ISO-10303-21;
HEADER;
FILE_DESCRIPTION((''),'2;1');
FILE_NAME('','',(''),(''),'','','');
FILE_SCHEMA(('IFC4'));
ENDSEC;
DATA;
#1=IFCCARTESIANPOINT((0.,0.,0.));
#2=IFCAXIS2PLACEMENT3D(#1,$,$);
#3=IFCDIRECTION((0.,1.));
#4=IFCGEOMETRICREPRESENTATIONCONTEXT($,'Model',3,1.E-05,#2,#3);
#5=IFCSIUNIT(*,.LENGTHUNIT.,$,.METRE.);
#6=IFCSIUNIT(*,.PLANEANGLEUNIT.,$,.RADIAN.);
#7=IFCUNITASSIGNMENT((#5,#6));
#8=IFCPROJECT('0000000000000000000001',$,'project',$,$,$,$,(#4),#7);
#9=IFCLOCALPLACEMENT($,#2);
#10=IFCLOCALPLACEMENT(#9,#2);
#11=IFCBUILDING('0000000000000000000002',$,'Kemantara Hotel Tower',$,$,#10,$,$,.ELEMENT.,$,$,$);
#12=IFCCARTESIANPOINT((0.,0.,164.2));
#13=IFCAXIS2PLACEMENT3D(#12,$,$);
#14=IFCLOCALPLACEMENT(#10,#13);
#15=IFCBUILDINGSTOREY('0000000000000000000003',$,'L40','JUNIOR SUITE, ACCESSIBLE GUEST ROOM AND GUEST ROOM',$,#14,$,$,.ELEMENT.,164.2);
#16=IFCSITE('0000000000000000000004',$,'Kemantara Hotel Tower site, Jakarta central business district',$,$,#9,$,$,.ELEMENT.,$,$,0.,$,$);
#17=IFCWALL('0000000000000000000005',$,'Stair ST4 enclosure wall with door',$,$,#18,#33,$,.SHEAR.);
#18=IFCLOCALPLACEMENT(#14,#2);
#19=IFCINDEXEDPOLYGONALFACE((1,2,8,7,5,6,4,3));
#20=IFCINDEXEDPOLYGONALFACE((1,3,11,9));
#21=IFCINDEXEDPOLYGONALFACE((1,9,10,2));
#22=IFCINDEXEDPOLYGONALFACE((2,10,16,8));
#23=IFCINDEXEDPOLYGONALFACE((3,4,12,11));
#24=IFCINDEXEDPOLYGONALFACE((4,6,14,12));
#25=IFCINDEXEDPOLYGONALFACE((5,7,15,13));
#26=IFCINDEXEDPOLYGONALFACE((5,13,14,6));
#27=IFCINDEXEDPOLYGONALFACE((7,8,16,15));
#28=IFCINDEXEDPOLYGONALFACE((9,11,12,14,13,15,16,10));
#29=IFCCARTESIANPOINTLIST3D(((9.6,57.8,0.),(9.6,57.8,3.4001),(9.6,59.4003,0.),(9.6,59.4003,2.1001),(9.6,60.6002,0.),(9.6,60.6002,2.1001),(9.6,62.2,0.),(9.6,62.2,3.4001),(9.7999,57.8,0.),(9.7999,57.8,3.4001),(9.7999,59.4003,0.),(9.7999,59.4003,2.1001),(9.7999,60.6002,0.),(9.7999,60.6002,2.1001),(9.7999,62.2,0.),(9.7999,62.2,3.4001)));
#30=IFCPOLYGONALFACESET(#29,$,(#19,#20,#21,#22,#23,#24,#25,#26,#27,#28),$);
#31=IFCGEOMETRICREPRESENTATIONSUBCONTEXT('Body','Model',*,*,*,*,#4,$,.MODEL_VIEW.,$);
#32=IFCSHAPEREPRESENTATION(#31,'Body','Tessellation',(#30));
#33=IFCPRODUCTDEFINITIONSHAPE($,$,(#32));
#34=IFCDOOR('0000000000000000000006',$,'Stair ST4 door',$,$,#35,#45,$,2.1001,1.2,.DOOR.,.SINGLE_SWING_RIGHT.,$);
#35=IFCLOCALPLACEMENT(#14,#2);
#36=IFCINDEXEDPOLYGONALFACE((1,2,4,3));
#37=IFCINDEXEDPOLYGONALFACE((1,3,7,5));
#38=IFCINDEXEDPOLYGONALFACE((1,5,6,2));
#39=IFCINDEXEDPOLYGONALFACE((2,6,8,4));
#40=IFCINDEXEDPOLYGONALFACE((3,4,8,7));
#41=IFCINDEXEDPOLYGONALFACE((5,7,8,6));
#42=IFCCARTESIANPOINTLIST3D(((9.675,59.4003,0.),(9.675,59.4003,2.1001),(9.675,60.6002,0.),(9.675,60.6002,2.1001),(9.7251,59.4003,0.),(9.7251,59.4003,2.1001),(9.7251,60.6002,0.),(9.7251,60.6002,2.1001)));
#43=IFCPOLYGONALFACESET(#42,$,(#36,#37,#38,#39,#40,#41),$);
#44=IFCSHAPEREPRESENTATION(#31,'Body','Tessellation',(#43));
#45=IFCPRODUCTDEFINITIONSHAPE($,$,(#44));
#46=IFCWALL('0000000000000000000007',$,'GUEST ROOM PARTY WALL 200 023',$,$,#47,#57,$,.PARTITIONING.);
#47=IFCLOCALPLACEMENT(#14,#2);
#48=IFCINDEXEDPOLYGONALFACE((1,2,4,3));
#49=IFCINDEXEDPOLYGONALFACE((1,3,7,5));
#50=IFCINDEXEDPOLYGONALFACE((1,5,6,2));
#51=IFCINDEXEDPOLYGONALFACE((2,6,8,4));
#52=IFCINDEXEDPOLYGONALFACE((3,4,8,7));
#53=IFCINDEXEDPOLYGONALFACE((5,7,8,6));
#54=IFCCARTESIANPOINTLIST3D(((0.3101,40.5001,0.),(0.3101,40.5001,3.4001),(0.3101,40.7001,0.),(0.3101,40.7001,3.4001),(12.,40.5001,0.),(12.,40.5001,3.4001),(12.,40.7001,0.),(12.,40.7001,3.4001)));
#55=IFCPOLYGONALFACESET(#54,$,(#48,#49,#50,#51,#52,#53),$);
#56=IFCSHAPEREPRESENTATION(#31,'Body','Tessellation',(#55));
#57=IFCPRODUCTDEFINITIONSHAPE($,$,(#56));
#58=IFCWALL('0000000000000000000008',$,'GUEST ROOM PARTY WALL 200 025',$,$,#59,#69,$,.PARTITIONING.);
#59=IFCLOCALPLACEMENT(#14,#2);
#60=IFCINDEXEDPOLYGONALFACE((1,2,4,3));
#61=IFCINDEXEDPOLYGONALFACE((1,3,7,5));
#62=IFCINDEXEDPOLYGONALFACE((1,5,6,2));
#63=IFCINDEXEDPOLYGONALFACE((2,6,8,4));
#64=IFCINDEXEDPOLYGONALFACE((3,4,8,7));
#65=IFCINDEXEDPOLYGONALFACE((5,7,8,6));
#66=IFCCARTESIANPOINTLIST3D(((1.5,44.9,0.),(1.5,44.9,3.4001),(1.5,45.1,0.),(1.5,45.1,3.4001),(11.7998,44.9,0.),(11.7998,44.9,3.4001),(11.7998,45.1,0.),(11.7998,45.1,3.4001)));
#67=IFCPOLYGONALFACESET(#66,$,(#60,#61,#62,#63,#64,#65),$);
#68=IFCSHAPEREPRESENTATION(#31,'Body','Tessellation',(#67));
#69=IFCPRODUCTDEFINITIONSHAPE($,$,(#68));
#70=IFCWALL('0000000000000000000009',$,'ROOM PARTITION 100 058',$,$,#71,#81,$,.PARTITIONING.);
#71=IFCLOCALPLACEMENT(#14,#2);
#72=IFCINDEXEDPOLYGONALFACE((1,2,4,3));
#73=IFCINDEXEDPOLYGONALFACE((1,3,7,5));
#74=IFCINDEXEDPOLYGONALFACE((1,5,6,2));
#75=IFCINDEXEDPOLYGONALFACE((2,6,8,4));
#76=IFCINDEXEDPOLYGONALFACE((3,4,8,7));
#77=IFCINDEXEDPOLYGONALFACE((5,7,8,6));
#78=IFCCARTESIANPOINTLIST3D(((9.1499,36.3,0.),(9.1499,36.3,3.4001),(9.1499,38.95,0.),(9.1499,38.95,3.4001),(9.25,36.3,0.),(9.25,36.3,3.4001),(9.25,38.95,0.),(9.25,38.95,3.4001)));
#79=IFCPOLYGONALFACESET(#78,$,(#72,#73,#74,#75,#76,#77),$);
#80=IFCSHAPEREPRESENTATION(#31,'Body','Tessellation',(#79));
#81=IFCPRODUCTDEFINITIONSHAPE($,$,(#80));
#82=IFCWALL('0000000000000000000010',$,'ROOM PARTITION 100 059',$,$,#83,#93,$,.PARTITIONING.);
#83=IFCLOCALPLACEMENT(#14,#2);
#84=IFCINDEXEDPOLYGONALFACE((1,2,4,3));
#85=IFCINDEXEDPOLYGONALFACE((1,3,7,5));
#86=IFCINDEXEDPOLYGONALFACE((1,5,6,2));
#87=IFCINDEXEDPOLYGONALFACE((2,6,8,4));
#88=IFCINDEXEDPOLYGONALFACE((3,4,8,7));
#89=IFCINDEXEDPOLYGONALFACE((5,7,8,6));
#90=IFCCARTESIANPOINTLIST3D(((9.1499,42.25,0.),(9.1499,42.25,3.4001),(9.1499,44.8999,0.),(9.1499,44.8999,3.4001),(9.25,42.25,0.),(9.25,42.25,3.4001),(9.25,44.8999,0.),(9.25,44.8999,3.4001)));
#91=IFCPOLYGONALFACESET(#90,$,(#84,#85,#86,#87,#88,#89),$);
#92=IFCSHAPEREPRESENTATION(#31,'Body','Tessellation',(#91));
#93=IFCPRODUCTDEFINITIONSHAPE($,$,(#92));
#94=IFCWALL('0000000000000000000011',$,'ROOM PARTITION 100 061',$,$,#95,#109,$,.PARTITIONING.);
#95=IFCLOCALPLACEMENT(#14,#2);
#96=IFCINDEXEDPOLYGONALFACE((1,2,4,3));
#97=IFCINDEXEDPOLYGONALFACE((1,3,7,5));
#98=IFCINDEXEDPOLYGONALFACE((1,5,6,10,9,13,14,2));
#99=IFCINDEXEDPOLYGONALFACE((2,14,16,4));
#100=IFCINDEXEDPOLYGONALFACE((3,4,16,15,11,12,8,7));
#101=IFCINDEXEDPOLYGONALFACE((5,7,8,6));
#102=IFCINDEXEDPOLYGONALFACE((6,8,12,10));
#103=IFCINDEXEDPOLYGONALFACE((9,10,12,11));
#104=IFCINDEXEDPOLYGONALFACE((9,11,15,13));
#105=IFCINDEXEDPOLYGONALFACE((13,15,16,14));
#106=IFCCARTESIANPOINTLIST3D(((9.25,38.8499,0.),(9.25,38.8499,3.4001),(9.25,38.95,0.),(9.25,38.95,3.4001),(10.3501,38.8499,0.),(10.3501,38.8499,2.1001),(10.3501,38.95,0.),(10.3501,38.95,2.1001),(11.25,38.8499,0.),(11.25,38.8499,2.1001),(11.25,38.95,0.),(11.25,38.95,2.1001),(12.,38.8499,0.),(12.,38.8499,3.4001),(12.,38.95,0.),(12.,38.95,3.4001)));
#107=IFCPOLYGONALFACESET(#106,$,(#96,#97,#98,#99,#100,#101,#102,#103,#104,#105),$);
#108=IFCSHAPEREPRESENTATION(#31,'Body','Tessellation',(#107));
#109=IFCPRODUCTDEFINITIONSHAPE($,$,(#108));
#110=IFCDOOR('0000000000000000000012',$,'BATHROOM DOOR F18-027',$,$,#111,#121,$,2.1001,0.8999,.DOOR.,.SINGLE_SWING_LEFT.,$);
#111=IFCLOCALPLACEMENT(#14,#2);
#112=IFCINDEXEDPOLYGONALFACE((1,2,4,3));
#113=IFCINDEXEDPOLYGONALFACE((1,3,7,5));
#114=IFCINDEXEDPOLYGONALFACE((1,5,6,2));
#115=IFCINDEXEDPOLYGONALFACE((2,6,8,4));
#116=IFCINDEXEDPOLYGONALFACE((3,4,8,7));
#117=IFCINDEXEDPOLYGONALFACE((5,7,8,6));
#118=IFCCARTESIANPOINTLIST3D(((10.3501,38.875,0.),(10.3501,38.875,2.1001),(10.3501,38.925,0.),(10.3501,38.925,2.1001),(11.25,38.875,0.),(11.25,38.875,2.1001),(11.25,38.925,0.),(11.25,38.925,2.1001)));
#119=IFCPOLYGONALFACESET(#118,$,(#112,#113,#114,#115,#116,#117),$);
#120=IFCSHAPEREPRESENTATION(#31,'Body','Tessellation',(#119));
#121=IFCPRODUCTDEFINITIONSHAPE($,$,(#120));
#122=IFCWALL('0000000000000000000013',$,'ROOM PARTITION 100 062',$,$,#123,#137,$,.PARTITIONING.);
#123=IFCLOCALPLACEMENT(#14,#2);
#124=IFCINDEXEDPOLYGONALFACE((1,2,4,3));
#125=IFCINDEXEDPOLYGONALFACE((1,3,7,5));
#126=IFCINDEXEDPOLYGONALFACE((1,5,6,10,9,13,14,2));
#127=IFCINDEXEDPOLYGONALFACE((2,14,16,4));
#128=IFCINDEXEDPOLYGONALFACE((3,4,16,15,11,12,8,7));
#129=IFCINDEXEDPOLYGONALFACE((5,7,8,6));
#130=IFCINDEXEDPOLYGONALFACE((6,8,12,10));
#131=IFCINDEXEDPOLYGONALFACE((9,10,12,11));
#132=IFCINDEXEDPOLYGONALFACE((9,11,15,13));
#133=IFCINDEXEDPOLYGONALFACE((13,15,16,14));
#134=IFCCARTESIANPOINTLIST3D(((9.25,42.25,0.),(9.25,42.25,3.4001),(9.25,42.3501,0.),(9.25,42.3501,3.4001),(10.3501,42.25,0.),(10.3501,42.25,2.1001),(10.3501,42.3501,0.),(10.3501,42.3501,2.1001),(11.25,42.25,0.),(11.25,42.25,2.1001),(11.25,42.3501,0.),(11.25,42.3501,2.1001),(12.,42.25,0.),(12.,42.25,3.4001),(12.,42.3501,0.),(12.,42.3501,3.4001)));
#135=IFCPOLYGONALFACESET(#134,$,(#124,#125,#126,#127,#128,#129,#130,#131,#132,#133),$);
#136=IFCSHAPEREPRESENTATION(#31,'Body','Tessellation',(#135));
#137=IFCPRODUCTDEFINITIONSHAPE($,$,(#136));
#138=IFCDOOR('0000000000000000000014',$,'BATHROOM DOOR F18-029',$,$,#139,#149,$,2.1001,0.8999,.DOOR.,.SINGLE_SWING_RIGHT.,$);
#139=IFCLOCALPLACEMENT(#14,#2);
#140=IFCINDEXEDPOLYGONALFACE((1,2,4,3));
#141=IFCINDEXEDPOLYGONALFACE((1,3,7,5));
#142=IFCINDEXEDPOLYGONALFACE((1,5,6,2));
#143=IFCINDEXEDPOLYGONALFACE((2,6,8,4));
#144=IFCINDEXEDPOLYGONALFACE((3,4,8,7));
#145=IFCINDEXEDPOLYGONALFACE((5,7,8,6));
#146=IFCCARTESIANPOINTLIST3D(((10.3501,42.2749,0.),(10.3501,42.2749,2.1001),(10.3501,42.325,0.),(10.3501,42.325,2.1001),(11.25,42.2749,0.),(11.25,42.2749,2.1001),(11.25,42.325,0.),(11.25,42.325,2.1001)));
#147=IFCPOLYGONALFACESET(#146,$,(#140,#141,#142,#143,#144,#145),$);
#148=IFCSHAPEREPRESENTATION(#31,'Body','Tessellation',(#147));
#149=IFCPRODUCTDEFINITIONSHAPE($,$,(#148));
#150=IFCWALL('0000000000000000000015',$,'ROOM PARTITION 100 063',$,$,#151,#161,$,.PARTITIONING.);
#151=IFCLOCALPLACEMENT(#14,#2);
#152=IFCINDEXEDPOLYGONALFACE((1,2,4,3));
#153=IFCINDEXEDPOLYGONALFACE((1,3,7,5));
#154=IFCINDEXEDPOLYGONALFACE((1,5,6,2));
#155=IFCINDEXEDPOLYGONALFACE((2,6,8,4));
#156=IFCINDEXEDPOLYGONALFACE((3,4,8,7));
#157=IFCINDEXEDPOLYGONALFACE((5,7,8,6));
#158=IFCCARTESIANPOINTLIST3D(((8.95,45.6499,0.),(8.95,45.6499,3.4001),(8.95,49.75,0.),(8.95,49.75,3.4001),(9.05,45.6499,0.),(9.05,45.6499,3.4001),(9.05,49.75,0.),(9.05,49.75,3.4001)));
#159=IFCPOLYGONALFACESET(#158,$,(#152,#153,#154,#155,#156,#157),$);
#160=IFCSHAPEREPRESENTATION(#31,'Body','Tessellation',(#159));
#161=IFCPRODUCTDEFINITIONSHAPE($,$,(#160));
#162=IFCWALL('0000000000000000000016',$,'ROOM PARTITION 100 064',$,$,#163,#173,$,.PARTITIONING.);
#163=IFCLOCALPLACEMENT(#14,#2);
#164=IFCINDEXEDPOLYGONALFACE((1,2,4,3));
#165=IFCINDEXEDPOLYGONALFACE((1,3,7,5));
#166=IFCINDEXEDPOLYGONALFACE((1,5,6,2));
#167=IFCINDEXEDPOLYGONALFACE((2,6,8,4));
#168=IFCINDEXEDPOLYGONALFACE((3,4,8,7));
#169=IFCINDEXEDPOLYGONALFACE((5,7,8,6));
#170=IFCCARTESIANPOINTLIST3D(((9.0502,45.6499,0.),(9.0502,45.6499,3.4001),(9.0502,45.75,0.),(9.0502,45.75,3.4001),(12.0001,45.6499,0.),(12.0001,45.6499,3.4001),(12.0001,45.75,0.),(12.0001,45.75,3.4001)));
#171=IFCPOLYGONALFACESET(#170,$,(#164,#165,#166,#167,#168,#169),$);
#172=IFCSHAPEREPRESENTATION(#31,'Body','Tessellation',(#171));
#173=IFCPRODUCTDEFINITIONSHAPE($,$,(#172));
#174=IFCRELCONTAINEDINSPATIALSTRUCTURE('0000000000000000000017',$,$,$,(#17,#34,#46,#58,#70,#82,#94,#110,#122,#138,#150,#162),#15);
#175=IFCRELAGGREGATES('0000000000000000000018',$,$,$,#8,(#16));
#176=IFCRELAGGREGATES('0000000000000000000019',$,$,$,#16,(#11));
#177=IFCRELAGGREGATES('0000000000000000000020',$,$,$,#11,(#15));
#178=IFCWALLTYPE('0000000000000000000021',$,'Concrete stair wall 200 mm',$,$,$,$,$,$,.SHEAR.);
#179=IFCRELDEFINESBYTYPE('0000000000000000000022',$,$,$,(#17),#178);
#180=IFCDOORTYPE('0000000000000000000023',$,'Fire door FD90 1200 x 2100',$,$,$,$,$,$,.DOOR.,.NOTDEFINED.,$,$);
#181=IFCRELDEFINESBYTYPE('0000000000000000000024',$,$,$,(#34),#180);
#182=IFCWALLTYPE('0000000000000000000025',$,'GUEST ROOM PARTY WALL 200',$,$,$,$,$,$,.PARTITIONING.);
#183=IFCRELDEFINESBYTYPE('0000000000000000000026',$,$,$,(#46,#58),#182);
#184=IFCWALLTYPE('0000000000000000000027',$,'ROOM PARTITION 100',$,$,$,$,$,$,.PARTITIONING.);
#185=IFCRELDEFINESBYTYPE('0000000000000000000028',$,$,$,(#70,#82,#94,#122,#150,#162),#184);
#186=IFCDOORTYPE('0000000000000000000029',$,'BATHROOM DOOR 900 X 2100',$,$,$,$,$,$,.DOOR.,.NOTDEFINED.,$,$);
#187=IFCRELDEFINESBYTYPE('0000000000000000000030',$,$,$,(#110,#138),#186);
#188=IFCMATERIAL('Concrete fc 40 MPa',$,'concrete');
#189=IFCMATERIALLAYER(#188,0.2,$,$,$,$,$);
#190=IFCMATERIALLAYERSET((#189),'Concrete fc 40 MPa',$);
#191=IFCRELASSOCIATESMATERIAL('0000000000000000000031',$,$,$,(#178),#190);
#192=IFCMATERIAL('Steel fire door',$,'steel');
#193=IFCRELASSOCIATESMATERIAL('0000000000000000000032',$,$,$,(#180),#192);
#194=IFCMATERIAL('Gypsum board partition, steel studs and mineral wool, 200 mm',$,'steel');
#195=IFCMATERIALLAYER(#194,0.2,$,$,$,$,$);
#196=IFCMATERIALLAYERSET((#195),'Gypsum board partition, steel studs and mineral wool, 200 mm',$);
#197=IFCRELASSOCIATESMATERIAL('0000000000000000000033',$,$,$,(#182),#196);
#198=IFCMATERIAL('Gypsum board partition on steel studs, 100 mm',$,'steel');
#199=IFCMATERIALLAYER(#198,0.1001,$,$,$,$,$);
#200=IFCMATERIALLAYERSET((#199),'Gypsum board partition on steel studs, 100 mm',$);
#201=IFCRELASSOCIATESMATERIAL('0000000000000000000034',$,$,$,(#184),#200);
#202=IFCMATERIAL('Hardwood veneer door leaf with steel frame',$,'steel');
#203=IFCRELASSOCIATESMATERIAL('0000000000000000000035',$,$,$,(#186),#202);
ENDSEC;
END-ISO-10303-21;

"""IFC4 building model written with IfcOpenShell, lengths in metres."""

from ifc_helpers import new_model, si_unit, direction, frame, frame_2d, origin, place, context, subcontext, project, spatial, rectangle, extrude, material, layer, layer_set, type_object, element, fill, save


model = new_model("IFC4")

# Units and contexts
model_context = context("Model", 3, precision=1e-05, world=origin(), true_north=direction((0.0, 1.0)))
body_context = subcontext(model_context, "Body", "Model", "MODEL_VIEW")
ifc_project = project(units=[si_unit("LENGTHUNIT", "METRE"), si_unit("PLANEANGLEUNIT", "RADIAN")], contexts=[model_context])

# Site, building, storey
site_placement = place(None, origin())
site = spatial("IfcSite", under=ifc_project, at=site_placement, Name="Kemantara Hotel Tower site, Jakarta central business district", CompositionType="ELEMENT", RefElevation=0.0)
building_placement = place(site_placement, origin())
building = spatial("IfcBuilding", under=site, at=building_placement, Name="Kemantara Hotel Tower", CompositionType="ELEMENT")
storey_placement = place(building_placement, frame((0.0, 0.0, 164.2)))
storey = spatial("IfcBuildingStorey", under=building, at=storey_placement, Name="L40", Description="JUNIOR SUITE, ACCESSIBLE GUEST ROOM AND GUEST ROOM", CompositionType="ELEMENT", Elevation=164.2)

# Shared definitions
ifc_material_1 = material(Name="Gypsum board partition, steel studs and mineral wool, 200 mm", Category="steel")
ifc_material_2 = material(Name="Hardwood veneer door leaf with steel frame", Category="steel")

# Wall, opening, door
ifc_material_3 = material(Name="Concrete fc 40 MPa", Category="concrete")
ifc_layer_1 = layer(ifc_material_3, 0.2)
ifc_layer_set_1 = layer_set([ifc_layer_1], Name="Concrete fc 40 MPa")
wall_type_1 = type_object("IfcWallType", Name="Concrete stair wall 200 mm", PredefinedType="SHEAR", material=ifc_layer_set_1)
wall_1_placement = place(storey_placement, frame((9.7, 57.8, 0.0), z_axis=(0.0, 0.0, 1.0), x_axis=(0.0, 1.0, 0.0)))
wall_1 = element("IfcWall", 1, at=wall_1_placement, inside=storey, type_object=wall_type_1, Name="Stair ST4 enclosure wall with door", PredefinedType="SHEAR", context=body_context, shape_type="SweptSolid", body=[
    extrude(rectangle(XDim=4.3999, YDim=0.2, at=frame_2d((2.2, 0.0))), origin(), (0.0, 0.0, 1.0), 3.4001),
])
opening_1_placement = place(wall_1_placement, frame((1.6001, 0.0, 0.0)))
opening_1 = element("IfcOpeningElement", 2, at=opening_1_placement, cuts=wall_1, PredefinedType="OPENING", context=body_context, shape_type="SweptSolid", body=[
    extrude(rectangle(XDim=1.2, YDim=2.1001, at=frame_2d((0.6001, 1.05))), frame((0.0, 0.1099, 0.0), z_axis=(0.0, -1.0, 0.0), x_axis=(1.0, 0.0, 0.0)), (0.0, 0.0, 1.0), 0.22),
])
ifc_material_4 = material(Name="Steel fire door", Category="steel")
door_type_1 = type_object("IfcDoorType", Name="Fire door FD90 1200 x 2100", OperationType="NOTDEFINED", PredefinedType="DOOR", material=ifc_material_4)
door_1_placement = place(opening_1_placement, origin())
door_1 = element("IfcDoor", 3, at=door_1_placement, inside=storey, type_object=door_type_1, Name="Stair ST4 door", OperationType="SINGLE_SWING_RIGHT", OverallHeight=2.1001, OverallWidth=1.2, PredefinedType="DOOR", context=body_context, shape_type="SweptSolid", body=[
    extrude(rectangle(XDim=1.2, YDim=2.1001, at=frame_2d((0.6001, 1.05))), frame((0.0, 0.0249, 0.0), z_axis=(0.0, -1.0, 0.0), x_axis=(1.0, 0.0, 0.0)), (0.0, 0.0, 1.0), 0.05),
])
fill(opening_1, door_1)

# Walls
ifc_layer_2 = layer(ifc_material_1, 0.2)
ifc_layer_set_2 = layer_set([ifc_layer_2], Name="Gypsum board partition, steel studs and mineral wool, 200 mm")
wall_type_2 = type_object("IfcWallType", Name="GUEST ROOM PARTY WALL 200", PredefinedType="PARTITIONING", material=ifc_layer_set_2)
wall_2_placement = place(storey_placement, frame((0.3101, 40.6001, 0.0), z_axis=(0.0, 0.0, 1.0), x_axis=(1.0, 0.0, 0.0)))
element("IfcWall", 4, at=wall_2_placement, inside=storey, type_object=wall_type_2, Name="GUEST ROOM PARTY WALL 200 023", PredefinedType="PARTITIONING", context=body_context, shape_type="SweptSolid", body=[
    extrude(rectangle(XDim=11.6899, YDim=0.2, at=frame_2d((5.845, 0.0))), origin(), (0.0, 0.0, 1.0), 3.4001),
])
wall_3_placement = place(storey_placement, frame((1.5, 45.0, 0.0), z_axis=(0.0, 0.0, 1.0), x_axis=(1.0, 0.0, 0.0)))
element("IfcWall", 5, at=wall_3_placement, inside=storey, type_object=wall_type_2, Name="GUEST ROOM PARTY WALL 200 025", PredefinedType="PARTITIONING", context=body_context, shape_type="SweptSolid", body=[
    extrude(rectangle(XDim=10.2998, YDim=0.2, at=frame_2d((5.1499, 0.0))), origin(), (0.0, 0.0, 1.0), 3.4001),
])
ifc_material_5 = material(Name="Gypsum board partition on steel studs, 100 mm", Category="steel")
ifc_layer_3 = layer(ifc_material_5, 0.1001)
ifc_layer_set_3 = layer_set([ifc_layer_3], Name="Gypsum board partition on steel studs, 100 mm")
wall_type_3 = type_object("IfcWallType", Name="ROOM PARTITION 100", PredefinedType="PARTITIONING", material=ifc_layer_set_3)
for number, where, z_axis, x_axis, name in (
    (6, (9.2, 36.3, 0.0), (0.0, 0.0, 1.0), (0.0, 1.0, 0.0), "ROOM PARTITION 100 058"),
    (7, (9.2, 42.25, 0.0), (0.0, 0.0, 1.0), (0.0, 1.0, 0.0), "ROOM PARTITION 100 059"),
):
    element("IfcWall", number, at=place(storey_placement, frame(where, z_axis=z_axis, x_axis=x_axis)), inside=storey, type_object=wall_type_3, Name=name, PredefinedType="PARTITIONING", context=body_context, shape_type="SweptSolid", body=[
        extrude(rectangle(XDim=2.6499, YDim=0.1001, at=frame_2d((1.325, 0.0))), origin(), (0.0, 0.0, 1.0), 3.4001),
    ])

# Walls, openings, doors
wall_4_placement = place(storey_placement, frame((12.0, 38.8999, 0.0), z_axis=(0.0, 0.0, 1.0), x_axis=(-1.0, 0.0, 0.0)))
wall_4 = element("IfcWall", 8, at=wall_4_placement, inside=storey, type_object=wall_type_3, Name="ROOM PARTITION 100 061", PredefinedType="PARTITIONING", context=body_context, shape_type="SweptSolid", body=[
    extrude(rectangle(XDim=2.75, YDim=0.1001, at=frame_2d((1.375, 0.0))), origin(), (0.0, 0.0, 1.0), 3.4001),
])
opening_2_placement = place(wall_4_placement, frame((0.75, 0.0, 0.0)))
opening_2 = element("IfcOpeningElement", 9, at=opening_2_placement, cuts=wall_4, PredefinedType="OPENING", context=body_context, shape_type="SweptSolid", body=[
    extrude(rectangle(XDim=0.8999, YDim=2.1001, at=frame_2d((0.45, 1.05))), frame((0.0, 0.0601, 0.0), z_axis=(0.0, -1.0, 0.0), x_axis=(1.0, 0.0, 0.0)), (0.0, 0.0, 1.0), 0.1201),
])
door_type_2 = type_object("IfcDoorType", Name="BATHROOM DOOR 900 X 2100", OperationType="NOTDEFINED", PredefinedType="DOOR", material=ifc_material_2)
door_2_placement = place(opening_2_placement, origin())
door_2 = element("IfcDoor", 10, at=door_2_placement, inside=storey, type_object=door_type_2, Name="BATHROOM DOOR F18-027", OperationType="SINGLE_SWING_LEFT", OverallHeight=2.1001, OverallWidth=0.8999, PredefinedType="DOOR", context=body_context, shape_type="SweptSolid", body=[
    extrude(rectangle(XDim=0.8999, YDim=2.1001, at=frame_2d((0.45, 1.05))), frame((0.0, 0.0249, 0.0), z_axis=(0.0, -1.0, 0.0), x_axis=(1.0, 0.0, 0.0)), (0.0, 0.0, 1.0), 0.05),
])
fill(opening_2, door_2)
wall_5_placement = place(storey_placement, frame((9.25, 42.3, 0.0), z_axis=(0.0, 0.0, 1.0), x_axis=(1.0, 0.0, 0.0)))
wall_5 = element("IfcWall", 11, at=wall_5_placement, inside=storey, type_object=wall_type_3, Name="ROOM PARTITION 100 062", PredefinedType="PARTITIONING", context=body_context, shape_type="SweptSolid", body=[
    extrude(rectangle(XDim=2.75, YDim=0.1001, at=frame_2d((1.375, 0.0))), origin(), (0.0, 0.0, 1.0), 3.4001),
])
opening_3_placement = place(wall_5_placement, frame((1.1001, 0.0, 0.0)))
opening_3 = element("IfcOpeningElement", 12, at=opening_3_placement, cuts=wall_5, PredefinedType="OPENING", context=body_context, shape_type="SweptSolid", body=[
    extrude(rectangle(XDim=0.8999, YDim=2.1001, at=frame_2d((0.45, 1.05))), frame((0.0, 0.0601, 0.0), z_axis=(0.0, -1.0, 0.0), x_axis=(1.0, 0.0, 0.0)), (0.0, 0.0, 1.0), 0.1201),
])
door_3_placement = place(opening_3_placement, origin())
door_3 = element("IfcDoor", 13, at=door_3_placement, inside=storey, type_object=door_type_2, Name="BATHROOM DOOR F18-029", OperationType="SINGLE_SWING_RIGHT", OverallHeight=2.1001, OverallWidth=0.8999, PredefinedType="DOOR", context=body_context, shape_type="SweptSolid", body=[
    extrude(rectangle(XDim=0.8999, YDim=2.1001, at=frame_2d((0.45, 1.05))), frame((0.0, 0.0249, 0.0), z_axis=(0.0, -1.0, 0.0), x_axis=(1.0, 0.0, 0.0)), (0.0, 0.0, 1.0), 0.05),
])
fill(opening_3, door_3)

# Walls
wall_6_placement = place(storey_placement, frame((9.0, 45.6499, 0.0), z_axis=(0.0, 0.0, 1.0), x_axis=(0.0, 1.0, 0.0)))
element("IfcWall", 14, at=wall_6_placement, inside=storey, type_object=wall_type_3, Name="ROOM PARTITION 100 063", PredefinedType="PARTITIONING", context=body_context, shape_type="SweptSolid", body=[
    extrude(rectangle(XDim=4.1001, YDim=0.1001, at=frame_2d((2.05, 0.0))), origin(), (0.0, 0.0, 1.0), 3.4001),
])
wall_7_placement = place(storey_placement, frame((9.05, 45.7, 0.0), z_axis=(0.0, 0.0, 1.0), x_axis=(1.0, 0.0, 0.0)))
element("IfcWall", 15, at=wall_7_placement, inside=storey, type_object=wall_type_3, Name="ROOM PARTITION 100 064", PredefinedType="PARTITIONING", context=body_context, shape_type="SweptSolid", body=[
    extrude(rectangle(XDim=2.95, YDim=0.1001, at=frame_2d((1.4751, 0.0))), origin(), (0.0, 0.0, 1.0), 3.4001),
])

save(model, "model.ifc")
